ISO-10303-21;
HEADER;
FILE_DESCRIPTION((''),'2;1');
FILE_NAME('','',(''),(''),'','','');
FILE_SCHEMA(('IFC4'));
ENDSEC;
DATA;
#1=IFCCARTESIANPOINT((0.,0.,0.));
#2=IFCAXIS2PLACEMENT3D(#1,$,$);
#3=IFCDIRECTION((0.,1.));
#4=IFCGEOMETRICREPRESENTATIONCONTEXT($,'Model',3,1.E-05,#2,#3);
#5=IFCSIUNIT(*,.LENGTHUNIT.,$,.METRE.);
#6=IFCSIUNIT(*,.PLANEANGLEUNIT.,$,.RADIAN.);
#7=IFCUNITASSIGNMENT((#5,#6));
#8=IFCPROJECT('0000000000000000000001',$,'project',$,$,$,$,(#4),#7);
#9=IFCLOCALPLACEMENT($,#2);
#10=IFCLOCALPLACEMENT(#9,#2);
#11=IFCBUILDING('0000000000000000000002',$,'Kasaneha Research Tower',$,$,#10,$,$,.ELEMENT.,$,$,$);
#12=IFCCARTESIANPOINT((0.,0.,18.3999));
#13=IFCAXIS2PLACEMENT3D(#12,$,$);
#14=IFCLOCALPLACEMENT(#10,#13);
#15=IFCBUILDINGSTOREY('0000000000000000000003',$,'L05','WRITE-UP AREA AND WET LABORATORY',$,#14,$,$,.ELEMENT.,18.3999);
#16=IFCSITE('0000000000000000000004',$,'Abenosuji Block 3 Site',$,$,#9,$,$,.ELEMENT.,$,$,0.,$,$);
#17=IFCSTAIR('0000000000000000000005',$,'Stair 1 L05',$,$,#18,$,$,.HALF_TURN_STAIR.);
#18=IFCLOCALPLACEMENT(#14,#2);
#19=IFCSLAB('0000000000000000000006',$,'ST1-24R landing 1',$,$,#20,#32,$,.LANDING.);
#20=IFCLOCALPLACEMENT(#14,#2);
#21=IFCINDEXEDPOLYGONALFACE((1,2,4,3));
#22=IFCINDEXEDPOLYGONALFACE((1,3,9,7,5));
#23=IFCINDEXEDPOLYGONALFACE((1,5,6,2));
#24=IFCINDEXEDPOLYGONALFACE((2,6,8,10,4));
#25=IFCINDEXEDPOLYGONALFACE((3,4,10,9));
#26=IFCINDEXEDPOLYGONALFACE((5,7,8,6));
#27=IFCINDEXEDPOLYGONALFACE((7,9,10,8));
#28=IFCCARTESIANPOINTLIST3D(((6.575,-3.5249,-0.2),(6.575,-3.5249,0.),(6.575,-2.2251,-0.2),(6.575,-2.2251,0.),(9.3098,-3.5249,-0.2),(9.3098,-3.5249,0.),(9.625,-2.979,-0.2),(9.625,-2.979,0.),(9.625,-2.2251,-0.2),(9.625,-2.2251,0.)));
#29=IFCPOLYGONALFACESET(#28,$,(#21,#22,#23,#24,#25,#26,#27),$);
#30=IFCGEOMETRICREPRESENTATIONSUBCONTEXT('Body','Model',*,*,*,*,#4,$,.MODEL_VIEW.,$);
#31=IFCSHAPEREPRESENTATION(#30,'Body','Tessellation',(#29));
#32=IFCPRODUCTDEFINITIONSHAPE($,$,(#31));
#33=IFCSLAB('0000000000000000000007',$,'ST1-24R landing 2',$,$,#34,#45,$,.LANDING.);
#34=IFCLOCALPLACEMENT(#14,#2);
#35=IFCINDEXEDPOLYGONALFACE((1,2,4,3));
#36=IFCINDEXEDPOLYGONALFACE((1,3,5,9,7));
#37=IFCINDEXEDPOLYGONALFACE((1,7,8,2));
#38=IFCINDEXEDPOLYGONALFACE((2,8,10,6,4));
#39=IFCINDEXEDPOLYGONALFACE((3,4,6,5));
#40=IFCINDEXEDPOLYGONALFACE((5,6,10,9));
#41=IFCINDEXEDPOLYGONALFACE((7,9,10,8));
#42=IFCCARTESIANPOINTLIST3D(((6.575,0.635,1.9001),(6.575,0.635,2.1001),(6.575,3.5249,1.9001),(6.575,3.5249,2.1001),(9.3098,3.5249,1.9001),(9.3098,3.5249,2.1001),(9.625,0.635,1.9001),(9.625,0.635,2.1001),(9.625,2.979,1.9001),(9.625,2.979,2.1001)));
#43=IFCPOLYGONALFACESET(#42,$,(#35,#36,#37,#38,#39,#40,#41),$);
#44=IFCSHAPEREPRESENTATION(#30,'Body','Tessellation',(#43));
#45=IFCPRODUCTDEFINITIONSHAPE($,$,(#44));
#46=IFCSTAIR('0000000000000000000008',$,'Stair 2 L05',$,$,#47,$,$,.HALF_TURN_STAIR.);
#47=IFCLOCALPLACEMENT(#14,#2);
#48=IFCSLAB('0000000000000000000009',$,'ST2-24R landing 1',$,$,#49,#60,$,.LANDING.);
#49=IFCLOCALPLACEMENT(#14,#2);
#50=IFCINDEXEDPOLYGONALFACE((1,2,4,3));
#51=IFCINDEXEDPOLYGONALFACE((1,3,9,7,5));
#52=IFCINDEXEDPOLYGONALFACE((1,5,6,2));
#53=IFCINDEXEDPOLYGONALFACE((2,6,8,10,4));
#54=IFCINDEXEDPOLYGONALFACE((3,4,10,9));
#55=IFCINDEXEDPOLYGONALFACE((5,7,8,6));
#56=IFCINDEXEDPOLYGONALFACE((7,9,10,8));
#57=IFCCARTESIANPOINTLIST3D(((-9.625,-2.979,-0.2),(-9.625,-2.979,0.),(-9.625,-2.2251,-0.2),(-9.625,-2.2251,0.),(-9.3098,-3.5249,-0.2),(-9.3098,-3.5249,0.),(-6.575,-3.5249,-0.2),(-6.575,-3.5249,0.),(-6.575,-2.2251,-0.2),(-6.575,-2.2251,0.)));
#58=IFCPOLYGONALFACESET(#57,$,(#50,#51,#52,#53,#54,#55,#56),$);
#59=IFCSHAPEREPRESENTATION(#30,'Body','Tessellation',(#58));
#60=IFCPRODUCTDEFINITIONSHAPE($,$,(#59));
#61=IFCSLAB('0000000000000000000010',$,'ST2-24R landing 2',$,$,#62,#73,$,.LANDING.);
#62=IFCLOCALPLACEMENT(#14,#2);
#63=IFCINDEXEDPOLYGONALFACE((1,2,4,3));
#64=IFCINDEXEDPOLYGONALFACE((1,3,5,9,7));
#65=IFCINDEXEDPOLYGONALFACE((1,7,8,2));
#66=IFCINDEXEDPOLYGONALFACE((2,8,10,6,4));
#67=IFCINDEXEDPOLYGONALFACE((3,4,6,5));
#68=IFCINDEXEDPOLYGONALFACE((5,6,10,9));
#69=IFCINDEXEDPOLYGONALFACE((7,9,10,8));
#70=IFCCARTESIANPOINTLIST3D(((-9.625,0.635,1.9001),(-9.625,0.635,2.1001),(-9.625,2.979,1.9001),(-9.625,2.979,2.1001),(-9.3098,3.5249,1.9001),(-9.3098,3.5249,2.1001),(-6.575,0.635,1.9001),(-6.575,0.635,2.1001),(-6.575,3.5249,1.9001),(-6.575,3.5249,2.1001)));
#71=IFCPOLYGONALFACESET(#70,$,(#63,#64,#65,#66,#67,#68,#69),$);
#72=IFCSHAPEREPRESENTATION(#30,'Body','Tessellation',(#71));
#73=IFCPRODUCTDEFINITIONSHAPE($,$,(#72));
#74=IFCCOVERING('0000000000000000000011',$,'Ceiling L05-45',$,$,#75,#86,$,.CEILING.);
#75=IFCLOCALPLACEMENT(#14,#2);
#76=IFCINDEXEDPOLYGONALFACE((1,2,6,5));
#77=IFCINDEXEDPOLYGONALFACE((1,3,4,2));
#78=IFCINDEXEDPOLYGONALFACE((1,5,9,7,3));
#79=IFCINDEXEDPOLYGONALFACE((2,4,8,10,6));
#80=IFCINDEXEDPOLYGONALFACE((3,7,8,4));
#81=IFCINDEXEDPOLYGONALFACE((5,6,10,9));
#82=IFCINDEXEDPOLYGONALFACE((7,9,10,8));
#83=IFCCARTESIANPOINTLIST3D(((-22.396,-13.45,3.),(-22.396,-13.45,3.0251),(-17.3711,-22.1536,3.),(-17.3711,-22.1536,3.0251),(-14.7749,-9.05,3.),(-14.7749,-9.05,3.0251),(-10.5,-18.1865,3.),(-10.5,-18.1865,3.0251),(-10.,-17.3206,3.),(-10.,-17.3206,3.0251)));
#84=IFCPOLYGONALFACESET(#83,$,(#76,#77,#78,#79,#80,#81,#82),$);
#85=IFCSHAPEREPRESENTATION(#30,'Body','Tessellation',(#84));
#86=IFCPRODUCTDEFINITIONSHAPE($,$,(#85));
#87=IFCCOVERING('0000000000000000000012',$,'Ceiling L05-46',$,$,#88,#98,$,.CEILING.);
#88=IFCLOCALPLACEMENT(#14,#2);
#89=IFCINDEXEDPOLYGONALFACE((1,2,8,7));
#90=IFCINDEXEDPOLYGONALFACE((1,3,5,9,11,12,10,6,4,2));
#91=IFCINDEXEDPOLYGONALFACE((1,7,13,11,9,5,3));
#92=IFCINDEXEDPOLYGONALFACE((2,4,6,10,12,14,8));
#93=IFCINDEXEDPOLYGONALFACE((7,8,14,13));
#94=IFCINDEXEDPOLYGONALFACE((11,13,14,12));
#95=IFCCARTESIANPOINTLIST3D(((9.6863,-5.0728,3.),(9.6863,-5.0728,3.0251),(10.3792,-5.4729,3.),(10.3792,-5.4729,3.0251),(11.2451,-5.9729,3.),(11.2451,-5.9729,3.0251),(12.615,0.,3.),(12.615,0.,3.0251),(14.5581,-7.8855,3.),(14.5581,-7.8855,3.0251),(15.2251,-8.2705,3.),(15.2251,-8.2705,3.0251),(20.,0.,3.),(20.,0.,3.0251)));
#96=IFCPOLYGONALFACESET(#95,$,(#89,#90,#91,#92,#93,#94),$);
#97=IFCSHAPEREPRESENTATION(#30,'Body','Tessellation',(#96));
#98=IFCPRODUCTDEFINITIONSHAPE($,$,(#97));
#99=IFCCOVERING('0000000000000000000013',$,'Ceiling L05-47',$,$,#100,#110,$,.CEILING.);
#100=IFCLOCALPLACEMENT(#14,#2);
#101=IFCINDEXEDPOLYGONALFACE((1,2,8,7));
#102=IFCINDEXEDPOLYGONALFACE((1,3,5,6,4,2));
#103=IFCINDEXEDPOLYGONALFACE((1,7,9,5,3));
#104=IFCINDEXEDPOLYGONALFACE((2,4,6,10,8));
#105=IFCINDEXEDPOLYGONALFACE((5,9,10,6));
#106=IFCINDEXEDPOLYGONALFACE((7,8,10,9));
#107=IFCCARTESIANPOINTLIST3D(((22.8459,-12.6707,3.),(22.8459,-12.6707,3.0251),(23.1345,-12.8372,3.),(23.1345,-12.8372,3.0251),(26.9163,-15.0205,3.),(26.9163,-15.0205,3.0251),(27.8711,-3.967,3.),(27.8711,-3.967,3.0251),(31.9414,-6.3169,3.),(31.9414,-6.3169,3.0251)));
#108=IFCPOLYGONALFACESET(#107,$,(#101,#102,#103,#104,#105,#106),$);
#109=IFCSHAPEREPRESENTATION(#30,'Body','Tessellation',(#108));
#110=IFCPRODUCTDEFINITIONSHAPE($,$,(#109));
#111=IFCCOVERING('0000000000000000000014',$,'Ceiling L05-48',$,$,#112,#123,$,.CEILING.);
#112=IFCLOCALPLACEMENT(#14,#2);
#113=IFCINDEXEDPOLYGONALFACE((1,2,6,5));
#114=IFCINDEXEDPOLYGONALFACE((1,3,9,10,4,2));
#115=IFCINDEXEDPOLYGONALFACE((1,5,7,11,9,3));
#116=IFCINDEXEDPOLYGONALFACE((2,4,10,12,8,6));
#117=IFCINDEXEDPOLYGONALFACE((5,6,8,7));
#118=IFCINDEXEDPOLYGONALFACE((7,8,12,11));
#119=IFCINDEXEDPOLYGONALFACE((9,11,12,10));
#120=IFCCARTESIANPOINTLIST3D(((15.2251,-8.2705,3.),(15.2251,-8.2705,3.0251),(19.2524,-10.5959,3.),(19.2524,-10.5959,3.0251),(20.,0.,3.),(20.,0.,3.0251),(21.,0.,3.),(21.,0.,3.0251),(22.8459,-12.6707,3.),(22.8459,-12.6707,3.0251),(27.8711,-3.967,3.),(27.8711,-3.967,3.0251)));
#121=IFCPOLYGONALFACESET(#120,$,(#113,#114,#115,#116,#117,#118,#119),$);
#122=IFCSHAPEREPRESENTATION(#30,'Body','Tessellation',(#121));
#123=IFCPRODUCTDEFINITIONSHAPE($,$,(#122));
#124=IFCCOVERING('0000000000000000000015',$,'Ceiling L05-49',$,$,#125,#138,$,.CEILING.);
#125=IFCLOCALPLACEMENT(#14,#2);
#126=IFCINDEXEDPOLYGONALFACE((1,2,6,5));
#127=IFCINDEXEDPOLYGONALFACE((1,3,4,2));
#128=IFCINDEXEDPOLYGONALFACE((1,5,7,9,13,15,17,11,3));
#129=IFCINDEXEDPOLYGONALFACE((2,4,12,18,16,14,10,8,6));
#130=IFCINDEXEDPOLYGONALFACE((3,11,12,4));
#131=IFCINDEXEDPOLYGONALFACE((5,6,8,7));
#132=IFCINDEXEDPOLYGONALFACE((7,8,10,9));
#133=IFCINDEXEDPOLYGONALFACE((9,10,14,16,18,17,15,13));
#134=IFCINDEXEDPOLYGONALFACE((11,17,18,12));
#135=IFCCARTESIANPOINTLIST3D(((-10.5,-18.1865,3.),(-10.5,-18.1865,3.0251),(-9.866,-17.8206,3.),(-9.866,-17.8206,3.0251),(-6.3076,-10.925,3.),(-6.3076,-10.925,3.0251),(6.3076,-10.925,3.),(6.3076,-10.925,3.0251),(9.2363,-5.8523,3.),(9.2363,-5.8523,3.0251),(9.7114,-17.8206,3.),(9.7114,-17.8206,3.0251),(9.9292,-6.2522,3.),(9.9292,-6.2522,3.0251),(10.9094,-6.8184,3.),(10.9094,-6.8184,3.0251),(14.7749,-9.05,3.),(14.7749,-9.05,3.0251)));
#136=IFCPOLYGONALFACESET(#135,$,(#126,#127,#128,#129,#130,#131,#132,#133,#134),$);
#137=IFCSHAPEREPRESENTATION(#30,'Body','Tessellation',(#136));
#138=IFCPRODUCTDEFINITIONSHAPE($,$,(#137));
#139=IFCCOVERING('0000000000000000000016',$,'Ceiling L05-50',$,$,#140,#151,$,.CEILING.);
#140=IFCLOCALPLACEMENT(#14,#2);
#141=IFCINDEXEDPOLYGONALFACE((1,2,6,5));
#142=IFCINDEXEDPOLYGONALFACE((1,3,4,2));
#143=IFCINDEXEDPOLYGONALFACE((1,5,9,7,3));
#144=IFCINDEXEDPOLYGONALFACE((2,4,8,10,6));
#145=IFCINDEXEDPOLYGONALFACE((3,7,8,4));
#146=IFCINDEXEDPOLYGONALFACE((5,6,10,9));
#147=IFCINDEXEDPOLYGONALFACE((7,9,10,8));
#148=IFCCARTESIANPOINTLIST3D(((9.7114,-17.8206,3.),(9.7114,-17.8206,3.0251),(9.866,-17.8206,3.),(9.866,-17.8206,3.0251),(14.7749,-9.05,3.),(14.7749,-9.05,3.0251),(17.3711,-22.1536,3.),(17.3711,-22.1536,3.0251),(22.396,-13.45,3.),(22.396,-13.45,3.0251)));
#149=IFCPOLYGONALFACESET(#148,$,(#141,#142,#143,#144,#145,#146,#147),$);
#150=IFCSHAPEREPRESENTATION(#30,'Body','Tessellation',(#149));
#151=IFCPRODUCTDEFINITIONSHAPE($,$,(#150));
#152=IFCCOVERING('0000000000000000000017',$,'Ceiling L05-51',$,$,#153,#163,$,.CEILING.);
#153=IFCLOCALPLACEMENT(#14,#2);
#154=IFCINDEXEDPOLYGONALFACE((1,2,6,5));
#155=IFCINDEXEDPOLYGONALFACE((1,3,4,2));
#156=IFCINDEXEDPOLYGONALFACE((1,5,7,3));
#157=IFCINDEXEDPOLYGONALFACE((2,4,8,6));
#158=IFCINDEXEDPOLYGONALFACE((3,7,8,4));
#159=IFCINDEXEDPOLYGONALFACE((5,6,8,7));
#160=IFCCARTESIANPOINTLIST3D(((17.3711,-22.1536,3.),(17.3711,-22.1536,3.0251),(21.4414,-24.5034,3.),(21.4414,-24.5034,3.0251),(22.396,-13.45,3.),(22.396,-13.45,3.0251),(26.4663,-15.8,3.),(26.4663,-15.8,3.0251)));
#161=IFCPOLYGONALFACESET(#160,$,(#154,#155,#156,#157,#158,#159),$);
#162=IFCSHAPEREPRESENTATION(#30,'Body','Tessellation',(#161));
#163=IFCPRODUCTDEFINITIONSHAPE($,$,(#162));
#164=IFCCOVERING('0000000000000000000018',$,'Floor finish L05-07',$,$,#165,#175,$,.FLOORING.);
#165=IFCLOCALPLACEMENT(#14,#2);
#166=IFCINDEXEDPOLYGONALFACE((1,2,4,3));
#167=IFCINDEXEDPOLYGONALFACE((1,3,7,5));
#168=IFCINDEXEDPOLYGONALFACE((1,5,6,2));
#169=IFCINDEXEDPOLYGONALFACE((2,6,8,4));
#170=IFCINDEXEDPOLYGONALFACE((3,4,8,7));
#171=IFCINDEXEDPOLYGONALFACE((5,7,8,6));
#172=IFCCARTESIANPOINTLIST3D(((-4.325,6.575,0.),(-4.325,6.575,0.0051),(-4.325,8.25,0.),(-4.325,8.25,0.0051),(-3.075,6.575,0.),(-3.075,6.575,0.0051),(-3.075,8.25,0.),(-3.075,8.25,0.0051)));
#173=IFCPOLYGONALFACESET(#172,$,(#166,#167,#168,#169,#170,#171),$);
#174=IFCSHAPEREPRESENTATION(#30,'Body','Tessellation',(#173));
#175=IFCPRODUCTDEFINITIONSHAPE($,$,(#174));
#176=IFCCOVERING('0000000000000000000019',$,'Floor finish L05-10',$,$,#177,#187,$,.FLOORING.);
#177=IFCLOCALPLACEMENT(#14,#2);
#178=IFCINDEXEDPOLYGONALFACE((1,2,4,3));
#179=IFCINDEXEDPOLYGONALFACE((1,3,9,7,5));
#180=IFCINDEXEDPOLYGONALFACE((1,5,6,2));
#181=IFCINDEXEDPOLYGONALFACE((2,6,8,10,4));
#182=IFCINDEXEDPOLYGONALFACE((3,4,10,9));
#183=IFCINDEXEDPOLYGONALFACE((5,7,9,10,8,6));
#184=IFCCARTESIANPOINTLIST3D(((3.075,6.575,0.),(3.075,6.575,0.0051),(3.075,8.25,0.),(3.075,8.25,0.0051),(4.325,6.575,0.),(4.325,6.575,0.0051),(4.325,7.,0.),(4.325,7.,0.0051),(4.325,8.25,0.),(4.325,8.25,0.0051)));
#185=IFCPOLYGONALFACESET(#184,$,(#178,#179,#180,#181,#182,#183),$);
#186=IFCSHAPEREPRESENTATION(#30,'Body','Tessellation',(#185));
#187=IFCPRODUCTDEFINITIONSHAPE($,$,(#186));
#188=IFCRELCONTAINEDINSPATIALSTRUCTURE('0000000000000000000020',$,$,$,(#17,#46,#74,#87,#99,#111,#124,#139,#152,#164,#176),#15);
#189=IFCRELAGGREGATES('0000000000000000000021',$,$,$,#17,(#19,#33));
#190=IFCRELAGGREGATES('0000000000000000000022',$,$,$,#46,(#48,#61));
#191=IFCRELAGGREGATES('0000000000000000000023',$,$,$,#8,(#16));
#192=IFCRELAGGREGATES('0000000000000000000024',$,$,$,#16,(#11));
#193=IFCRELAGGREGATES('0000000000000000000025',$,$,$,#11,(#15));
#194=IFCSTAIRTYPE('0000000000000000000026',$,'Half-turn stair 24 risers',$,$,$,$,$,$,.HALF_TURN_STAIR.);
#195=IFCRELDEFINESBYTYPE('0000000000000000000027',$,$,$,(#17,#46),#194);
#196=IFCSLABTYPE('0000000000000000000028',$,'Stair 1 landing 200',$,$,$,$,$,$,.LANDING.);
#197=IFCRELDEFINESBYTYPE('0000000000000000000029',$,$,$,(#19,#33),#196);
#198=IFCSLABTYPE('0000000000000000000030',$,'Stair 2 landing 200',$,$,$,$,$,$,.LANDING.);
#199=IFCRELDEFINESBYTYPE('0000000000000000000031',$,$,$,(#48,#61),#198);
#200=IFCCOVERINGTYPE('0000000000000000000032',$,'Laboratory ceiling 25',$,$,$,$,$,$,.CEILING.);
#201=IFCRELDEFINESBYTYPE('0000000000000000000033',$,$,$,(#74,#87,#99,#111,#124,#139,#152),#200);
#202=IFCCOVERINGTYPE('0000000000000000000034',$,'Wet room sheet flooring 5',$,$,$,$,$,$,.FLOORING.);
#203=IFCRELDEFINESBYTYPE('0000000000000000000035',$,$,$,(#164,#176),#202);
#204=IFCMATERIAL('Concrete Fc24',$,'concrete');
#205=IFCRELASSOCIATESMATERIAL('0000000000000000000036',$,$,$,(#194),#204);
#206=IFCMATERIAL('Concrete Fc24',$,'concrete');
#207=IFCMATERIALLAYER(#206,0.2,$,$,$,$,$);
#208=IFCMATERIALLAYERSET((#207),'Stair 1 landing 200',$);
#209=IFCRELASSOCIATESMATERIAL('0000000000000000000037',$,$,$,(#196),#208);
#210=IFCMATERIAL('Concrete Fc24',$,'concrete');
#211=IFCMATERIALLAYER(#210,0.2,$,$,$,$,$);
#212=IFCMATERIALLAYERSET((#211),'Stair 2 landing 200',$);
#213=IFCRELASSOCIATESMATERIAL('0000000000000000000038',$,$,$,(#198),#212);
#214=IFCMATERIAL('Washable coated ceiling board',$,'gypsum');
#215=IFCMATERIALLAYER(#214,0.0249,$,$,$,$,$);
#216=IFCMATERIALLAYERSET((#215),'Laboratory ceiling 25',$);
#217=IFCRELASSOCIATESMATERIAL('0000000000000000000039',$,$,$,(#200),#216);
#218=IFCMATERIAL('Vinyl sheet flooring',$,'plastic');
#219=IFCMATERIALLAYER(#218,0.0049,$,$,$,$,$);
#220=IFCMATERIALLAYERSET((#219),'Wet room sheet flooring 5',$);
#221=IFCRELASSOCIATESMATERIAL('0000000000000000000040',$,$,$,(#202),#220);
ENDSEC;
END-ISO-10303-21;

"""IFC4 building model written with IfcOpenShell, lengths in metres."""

from ifc_helpers import new_model, si_unit, direction, frame, origin, place, context, subcontext, project, spatial, polyline, outline, extrude, material, layer, layer_set, type_object, element, aggregate, save


model = new_model("IFC4")

# Units and contexts
model_context = context("Model", 3, precision=1e-05, world=origin(), true_north=direction((0.0, 1.0)))
body_context = subcontext(model_context, "Body", "Model", "MODEL_VIEW")
ifc_project = project(units=[si_unit("LENGTHUNIT", "METRE"), si_unit("PLANEANGLEUNIT", "RADIAN")], contexts=[model_context])

# Site, building, storey
site_placement = place(None, origin())
site = spatial("IfcSite", under=ifc_project, at=site_placement, Name="Abenosuji Block 3 Site", CompositionType="ELEMENT", RefElevation=0.0)
building_placement = place(site_placement, origin())
building = spatial("IfcBuilding", under=site, at=building_placement, Name="Kasaneha Research Tower", CompositionType="ELEMENT")
storey_placement = place(building_placement, frame((0.0, 0.0, 18.3999)))
storey = spatial("IfcBuildingStorey", under=building, at=storey_placement, Name="L05", Description="WRITE-UP AREA AND WET LABORATORY", CompositionType="ELEMENT", Elevation=18.3999)

# Stairs, slabs
ifc_material_1 = material(Name="Concrete Fc24", Category="concrete")
stair_type = type_object("IfcStairType", Name="Half-turn stair 24 risers", PredefinedType="HALF_TURN_STAIR", material=ifc_material_1)
stair_1_placement = place(storey_placement, origin())
stair_1 = element("IfcStair", 1, at=stair_1_placement, inside=storey, type_object=stair_type, Name="Stair 1 L05", PredefinedType="HALF_TURN_STAIR")
ifc_material_2 = material(Name="Concrete Fc24", Category="concrete")
ifc_layer_1 = layer(ifc_material_2, 0.2)
ifc_layer_set_1 = layer_set([ifc_layer_1], Name="Stair 1 landing 200")
slab_type_1 = type_object("IfcSlabType", Name="Stair 1 landing 200", PredefinedType="LANDING", material=ifc_layer_set_1)
slab_1_placement = place(storey_placement, frame((0.0, 0.0, -0.2)))
slab_1 = element("IfcSlab", 2, at=slab_1_placement, type_object=slab_type_1, Name="ST1-24R landing 1", PredefinedType="LANDING", context=body_context, shape_type="SweptSolid", body=[
    extrude(outline(polyline([(9.3098, -3.5249), (6.575, -3.5249), (6.575, -2.2251), (9.625, -2.2251), (9.625, -2.979), (9.3098, -3.5249)])), origin(), (0.0, 0.0, 1.0), 0.2),
])
slab_2_placement = place(storey_placement, frame((0.0, 0.0, 1.9001)))
slab_2 = element("IfcSlab", 3, at=slab_2_placement, type_object=slab_type_1, Name="ST1-24R landing 2", PredefinedType="LANDING", context=body_context, shape_type="SweptSolid", body=[
    extrude(outline(polyline([(6.575, 3.5249), (9.3098, 3.5249), (9.625, 2.979), (9.625, 0.635), (6.575, 0.635), (6.575, 3.5249)])), origin(), (0.0, 0.0, 1.0), 0.2),
])
aggregate(stair_1, [slab_1, slab_2])
stair_2_placement = place(storey_placement, origin())
stair_2 = element("IfcStair", 4, at=stair_2_placement, inside=storey, type_object=stair_type, Name="Stair 2 L05", PredefinedType="HALF_TURN_STAIR")
ifc_material_3 = material(Name="Concrete Fc24", Category="concrete")
ifc_layer_2 = layer(ifc_material_3, 0.2)
ifc_layer_set_2 = layer_set([ifc_layer_2], Name="Stair 2 landing 200")
slab_type_2 = type_object("IfcSlabType", Name="Stair 2 landing 200", PredefinedType="LANDING", material=ifc_layer_set_2)
slab_3_placement = place(storey_placement, frame((0.0, 0.0, -0.2)))
slab_3 = element("IfcSlab", 5, at=slab_3_placement, type_object=slab_type_2, Name="ST2-24R landing 1", PredefinedType="LANDING", context=body_context, shape_type="SweptSolid", body=[
    extrude(outline(polyline([(-6.575, -3.5249), (-9.3098, -3.5249), (-9.625, -2.979), (-9.625, -2.2251), (-6.575, -2.2251), (-6.575, -3.5249)])), origin(), (0.0, 0.0, 1.0), 0.2),
])
slab_4_placement = place(storey_placement, frame((0.0, 0.0, 1.9001)))
slab_4 = element("IfcSlab", 6, at=slab_4_placement, type_object=slab_type_2, Name="ST2-24R landing 2", PredefinedType="LANDING", context=body_context, shape_type="SweptSolid", body=[
    extrude(outline(polyline([(-6.575, 0.635), (-9.625, 0.635), (-9.625, 2.979), (-9.3098, 3.5249), (-6.575, 3.5249), (-6.575, 0.635)])), origin(), (0.0, 0.0, 1.0), 0.2),
])
aggregate(stair_2, [slab_3, slab_4])

# Coverings
ifc_material_4 = material(Name="Washable coated ceiling board", Category="gypsum")
ifc_layer_3 = layer(ifc_material_4, 0.0249)
ifc_layer_set_3 = layer_set([ifc_layer_3], Name="Laboratory ceiling 25")
covering_type_1 = type_object("IfcCoveringType", Name="Laboratory ceiling 25", PredefinedType="CEILING", material=ifc_layer_set_3)
covering_1_placement = place(storey_placement, frame((0.0, 0.0, 3.0)))
element("IfcCovering", 7, at=covering_1_placement, inside=storey, type_object=covering_type_1, Name="Ceiling L05-45", PredefinedType="CEILING", context=body_context, shape_type="SweptSolid", body=[
    extrude(outline(polyline([(-10.5, -18.1865), (-17.3711, -22.1536), (-22.396, -13.45), (-14.7749, -9.05), (-10.0, -17.3206), (-10.5, -18.1865)])), origin(), (0.0, 0.0, 1.0), 0.0251),
])
covering_2_placement = place(storey_placement, frame((0.0, 0.0, 3.0)))
element("IfcCovering", 8, at=covering_2_placement, inside=storey, type_object=covering_type_1, Name="Ceiling L05-46", PredefinedType="CEILING", context=body_context, shape_type="SweptSolid", body=[
    extrude(outline(polyline([(11.2451, -5.9729), (10.3792, -5.4729), (9.6863, -5.0728), (12.615, 0.0), (20.0, 0.0), (15.2251, -8.2705), (14.5581, -7.8855), (11.2451, -5.9729)])), origin(), (0.0, 0.0, 1.0), 0.0251),
])
covering_3_placement = place(storey_placement, frame((0.0, 0.0, 3.0)))
element("IfcCovering", 9, at=covering_3_placement, inside=storey, type_object=covering_type_1, Name="Ceiling L05-47", PredefinedType="CEILING", context=body_context, shape_type="SweptSolid", body=[
    extrude(outline(polyline([(22.8459, -12.6707), (27.8711, -3.967), (31.9414, -6.3169), (26.9163, -15.0205), (23.1345, -12.8372), (22.8459, -12.6707)])), origin(), (0.0, 0.0, 1.0), 0.0251),
])
covering_4_placement = place(storey_placement, frame((0.0, 0.0, 3.0)))
element("IfcCovering", 10, at=covering_4_placement, inside=storey, type_object=covering_type_1, Name="Ceiling L05-48", PredefinedType="CEILING", context=body_context, shape_type="SweptSolid", body=[
    extrude(outline(polyline([(15.2251, -8.2705), (20.0, 0.0), (21.0, 0.0), (27.8711, -3.967), (22.8459, -12.6707), (19.2524, -10.5959), (15.2251, -8.2705)])), origin(), (0.0, 0.0, 1.0), 0.0251),
])
covering_5_placement = place(storey_placement, frame((0.0, 0.0, 3.0)))
element("IfcCovering", 11, at=covering_5_placement, inside=storey, type_object=covering_type_1, Name="Ceiling L05-49", PredefinedType="CEILING", context=body_context, shape_type="SweptSolid", body=[
    extrude(outline(polyline([(-10.5, -18.1865), (-6.3076, -10.925), (6.3076, -10.925), (9.2363, -5.8523), (9.9292, -6.2522), (9.9292, -6.2522), (10.9094, -6.8184), (14.7749, -9.05), (9.7114, -17.8206), (-9.866, -17.8206), (-10.5, -18.1865)])), origin(), (0.0, 0.0, 1.0), 0.0251),
])
covering_6_placement = place(storey_placement, frame((0.0, 0.0, 3.0)))
element("IfcCovering", 12, at=covering_6_placement, inside=storey, type_object=covering_type_1, Name="Ceiling L05-50", PredefinedType="CEILING", context=body_context, shape_type="SweptSolid", body=[
    extrude(outline(polyline([(14.7749, -9.05), (22.396, -13.45), (17.3711, -22.1536), (9.866, -17.8206), (9.7114, -17.8206), (14.7749, -9.05)])), origin(), (0.0, 0.0, 1.0), 0.0251),
])
covering_7_placement = place(storey_placement, frame((0.0, 0.0, 3.0)))
element("IfcCovering", 13, at=covering_7_placement, inside=storey, type_object=covering_type_1, Name="Ceiling L05-51", PredefinedType="CEILING", context=body_context, shape_type="SweptSolid", body=[
    extrude(outline(polyline([(21.4414, -24.5034), (17.3711, -22.1536), (22.396, -13.45), (26.4663, -15.8), (21.4414, -24.5034)])), origin(), (0.0, 0.0, 1.0), 0.0251),
])
ifc_material_5 = material(Name="Vinyl sheet flooring", Category="plastic")
ifc_layer_4 = layer(ifc_material_5, 0.0049)
ifc_layer_set_4 = layer_set([ifc_layer_4], Name="Wet room sheet flooring 5")
covering_type_2 = type_object("IfcCoveringType", Name="Wet room sheet flooring 5", PredefinedType="FLOORING", material=ifc_layer_set_4)
covering_8_placement = place(storey_placement, origin())
element("IfcCovering", 14, at=covering_8_placement, inside=storey, type_object=covering_type_2, Name="Floor finish L05-07", PredefinedType="FLOORING", context=body_context, shape_type="SweptSolid", body=[
    extrude(outline(polyline([(-4.325, 6.575), (-4.325, 8.25), (-3.075, 8.25), (-3.075, 6.575), (-4.325, 6.575)])), origin(), (0.0, 0.0, 1.0), 0.0051),
])
covering_9_placement = place(storey_placement, origin())
element("IfcCovering", 15, at=covering_9_placement, inside=storey, type_object=covering_type_2, Name="Floor finish L05-10", PredefinedType="FLOORING", context=body_context, shape_type="SweptSolid", body=[
    extrude(outline(polyline([(3.075, 6.575), (3.075, 8.25), (4.325, 8.25), (4.325, 7.0), (4.325, 6.575), (3.075, 6.575)])), origin(), (0.0, 0.0, 1.0), 0.0051),
])

save(model, "model.ifc")
